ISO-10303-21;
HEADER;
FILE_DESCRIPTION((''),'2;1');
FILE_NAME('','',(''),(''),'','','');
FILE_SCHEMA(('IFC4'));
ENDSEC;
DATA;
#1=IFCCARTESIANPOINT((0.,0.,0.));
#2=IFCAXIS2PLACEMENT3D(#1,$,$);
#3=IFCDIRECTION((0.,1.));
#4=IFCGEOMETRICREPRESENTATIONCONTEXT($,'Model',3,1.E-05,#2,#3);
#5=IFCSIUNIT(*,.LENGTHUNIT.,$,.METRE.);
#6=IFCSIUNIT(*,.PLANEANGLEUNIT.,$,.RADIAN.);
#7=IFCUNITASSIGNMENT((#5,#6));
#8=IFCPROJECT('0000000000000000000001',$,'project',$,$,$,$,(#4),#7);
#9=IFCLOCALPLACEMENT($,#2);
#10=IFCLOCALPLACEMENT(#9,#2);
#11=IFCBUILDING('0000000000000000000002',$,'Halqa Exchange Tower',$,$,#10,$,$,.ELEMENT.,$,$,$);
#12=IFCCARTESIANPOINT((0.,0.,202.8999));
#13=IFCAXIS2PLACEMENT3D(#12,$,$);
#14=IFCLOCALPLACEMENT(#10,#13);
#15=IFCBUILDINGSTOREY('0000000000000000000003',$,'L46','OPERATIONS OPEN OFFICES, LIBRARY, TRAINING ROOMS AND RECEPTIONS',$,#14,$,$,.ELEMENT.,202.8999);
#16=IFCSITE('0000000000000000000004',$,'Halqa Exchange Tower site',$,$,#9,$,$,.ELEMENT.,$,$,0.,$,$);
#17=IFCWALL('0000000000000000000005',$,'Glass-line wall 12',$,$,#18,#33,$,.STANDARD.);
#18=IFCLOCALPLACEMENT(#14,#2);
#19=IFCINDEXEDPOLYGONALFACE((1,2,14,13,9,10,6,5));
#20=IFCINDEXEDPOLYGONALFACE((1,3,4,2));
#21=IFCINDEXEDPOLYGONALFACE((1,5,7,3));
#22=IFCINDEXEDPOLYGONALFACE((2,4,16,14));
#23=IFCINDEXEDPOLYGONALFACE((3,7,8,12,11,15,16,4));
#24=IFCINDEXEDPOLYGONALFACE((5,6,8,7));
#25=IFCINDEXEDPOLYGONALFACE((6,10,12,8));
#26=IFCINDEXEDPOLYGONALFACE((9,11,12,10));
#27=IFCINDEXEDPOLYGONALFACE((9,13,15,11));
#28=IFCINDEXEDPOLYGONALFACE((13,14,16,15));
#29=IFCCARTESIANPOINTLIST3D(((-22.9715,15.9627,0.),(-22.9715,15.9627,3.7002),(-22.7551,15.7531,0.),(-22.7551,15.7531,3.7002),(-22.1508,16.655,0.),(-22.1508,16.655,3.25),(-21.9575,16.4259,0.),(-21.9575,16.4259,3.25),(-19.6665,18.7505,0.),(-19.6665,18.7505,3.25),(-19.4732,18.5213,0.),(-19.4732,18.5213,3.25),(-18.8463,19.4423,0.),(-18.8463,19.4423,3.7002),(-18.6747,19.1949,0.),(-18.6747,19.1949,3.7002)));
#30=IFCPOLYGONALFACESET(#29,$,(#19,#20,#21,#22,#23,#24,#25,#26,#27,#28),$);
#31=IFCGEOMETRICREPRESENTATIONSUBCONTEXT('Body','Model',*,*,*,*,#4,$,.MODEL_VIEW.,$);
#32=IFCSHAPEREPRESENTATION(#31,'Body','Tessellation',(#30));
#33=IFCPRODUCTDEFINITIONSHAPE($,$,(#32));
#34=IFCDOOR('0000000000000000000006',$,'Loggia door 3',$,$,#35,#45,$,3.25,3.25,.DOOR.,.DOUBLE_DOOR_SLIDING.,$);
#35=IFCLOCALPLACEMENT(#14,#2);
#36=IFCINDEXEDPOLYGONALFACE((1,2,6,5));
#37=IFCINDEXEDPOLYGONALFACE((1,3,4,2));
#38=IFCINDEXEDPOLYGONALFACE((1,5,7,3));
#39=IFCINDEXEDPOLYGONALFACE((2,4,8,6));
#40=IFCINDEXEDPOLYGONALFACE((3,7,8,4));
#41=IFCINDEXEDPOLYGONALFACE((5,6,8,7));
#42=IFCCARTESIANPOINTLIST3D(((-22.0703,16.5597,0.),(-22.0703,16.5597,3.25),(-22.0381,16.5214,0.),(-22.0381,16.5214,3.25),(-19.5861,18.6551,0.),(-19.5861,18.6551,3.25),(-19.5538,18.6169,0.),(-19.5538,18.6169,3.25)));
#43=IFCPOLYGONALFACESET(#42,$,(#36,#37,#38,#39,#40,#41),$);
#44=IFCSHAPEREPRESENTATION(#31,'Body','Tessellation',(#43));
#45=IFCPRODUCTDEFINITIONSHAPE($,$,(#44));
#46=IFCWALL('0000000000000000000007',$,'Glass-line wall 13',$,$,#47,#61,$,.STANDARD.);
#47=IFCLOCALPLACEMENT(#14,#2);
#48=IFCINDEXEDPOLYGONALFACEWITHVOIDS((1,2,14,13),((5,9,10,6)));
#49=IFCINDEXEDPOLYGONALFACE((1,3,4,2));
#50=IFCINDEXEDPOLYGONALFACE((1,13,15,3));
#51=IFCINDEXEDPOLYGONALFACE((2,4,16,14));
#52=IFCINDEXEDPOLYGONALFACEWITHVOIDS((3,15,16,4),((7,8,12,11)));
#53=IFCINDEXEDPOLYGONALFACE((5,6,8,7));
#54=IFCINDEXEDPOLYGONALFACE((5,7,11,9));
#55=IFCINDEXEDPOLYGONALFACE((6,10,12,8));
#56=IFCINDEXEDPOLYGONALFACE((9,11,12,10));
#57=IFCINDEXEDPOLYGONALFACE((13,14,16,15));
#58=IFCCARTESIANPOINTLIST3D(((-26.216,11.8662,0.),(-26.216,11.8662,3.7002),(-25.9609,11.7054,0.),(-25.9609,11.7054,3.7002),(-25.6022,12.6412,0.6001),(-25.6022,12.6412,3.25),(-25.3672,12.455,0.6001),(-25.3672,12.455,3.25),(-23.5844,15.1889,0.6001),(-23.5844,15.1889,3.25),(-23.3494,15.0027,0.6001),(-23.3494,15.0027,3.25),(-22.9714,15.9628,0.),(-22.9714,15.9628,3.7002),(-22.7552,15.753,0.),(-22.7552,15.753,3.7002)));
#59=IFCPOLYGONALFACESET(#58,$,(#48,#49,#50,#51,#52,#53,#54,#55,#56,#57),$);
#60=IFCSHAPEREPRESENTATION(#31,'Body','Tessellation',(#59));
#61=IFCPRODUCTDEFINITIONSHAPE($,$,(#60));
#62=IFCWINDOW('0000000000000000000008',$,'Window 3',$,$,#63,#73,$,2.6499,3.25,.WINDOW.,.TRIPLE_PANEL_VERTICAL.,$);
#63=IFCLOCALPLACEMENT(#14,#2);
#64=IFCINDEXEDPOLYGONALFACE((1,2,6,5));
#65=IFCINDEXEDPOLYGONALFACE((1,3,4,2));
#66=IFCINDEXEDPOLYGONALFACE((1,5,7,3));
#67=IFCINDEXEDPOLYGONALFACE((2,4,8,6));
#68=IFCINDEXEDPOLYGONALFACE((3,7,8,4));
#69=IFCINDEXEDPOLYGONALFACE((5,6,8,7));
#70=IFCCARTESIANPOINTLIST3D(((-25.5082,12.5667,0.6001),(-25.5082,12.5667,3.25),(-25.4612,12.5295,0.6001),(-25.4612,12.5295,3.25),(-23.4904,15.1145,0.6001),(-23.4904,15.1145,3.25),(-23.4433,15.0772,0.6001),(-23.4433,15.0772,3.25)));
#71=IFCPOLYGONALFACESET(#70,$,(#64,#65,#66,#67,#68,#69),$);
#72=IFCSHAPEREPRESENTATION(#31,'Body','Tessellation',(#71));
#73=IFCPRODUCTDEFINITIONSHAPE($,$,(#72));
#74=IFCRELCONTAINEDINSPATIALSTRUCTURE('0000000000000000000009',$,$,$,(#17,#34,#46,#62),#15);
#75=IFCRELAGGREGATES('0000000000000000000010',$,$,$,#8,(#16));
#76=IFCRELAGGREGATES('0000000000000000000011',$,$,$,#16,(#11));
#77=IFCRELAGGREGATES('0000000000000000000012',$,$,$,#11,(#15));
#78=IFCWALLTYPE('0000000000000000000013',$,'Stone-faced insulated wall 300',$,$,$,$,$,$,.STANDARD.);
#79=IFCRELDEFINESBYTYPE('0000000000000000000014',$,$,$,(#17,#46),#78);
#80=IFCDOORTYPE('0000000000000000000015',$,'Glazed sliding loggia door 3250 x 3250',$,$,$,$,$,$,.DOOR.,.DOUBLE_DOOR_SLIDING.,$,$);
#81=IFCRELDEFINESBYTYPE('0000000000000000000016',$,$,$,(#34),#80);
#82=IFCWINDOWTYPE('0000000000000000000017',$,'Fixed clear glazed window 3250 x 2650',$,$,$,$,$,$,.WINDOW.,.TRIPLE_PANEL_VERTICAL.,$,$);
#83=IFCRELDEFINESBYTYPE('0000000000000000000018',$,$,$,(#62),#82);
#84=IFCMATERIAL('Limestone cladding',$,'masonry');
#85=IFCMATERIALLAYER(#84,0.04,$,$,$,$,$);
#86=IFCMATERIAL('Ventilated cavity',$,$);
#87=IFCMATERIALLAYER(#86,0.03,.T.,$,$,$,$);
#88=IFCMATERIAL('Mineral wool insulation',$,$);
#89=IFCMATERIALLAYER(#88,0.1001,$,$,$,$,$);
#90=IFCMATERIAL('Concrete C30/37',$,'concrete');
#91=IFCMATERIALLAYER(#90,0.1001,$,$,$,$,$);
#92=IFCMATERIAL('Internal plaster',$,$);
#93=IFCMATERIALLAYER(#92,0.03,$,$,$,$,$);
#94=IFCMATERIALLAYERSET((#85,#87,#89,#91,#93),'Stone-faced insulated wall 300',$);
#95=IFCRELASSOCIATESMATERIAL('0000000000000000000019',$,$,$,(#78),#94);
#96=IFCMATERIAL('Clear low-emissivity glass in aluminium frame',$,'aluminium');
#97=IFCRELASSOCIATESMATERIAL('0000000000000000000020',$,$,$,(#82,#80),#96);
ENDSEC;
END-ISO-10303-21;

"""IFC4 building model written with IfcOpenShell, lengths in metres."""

from ifc_helpers import new_model, si_unit, direction, frame, frame_2d, origin, place, context, subcontext, project, spatial, polyline, rectangle, outline, extrude, material, layer, layer_set, type_object, element, fill, save


model = new_model("IFC4")

# Units and contexts
model_context = context("Model", 3, precision=1e-05, world=origin(), true_north=direction((0.0, 1.0)))
body_context = subcontext(model_context, "Body", "Model", "MODEL_VIEW")
ifc_project = project(units=[si_unit("LENGTHUNIT", "METRE"), si_unit("PLANEANGLEUNIT", "RADIAN")], contexts=[model_context])

# Site, building, storey
site_placement = place(None, origin())
site = spatial("IfcSite", under=ifc_project, at=site_placement, Name="Halqa Exchange Tower site", CompositionType="ELEMENT", RefElevation=0.0)
building_placement = place(site_placement, origin())
building = spatial("IfcBuilding", under=site, at=building_placement, Name="Halqa Exchange Tower", CompositionType="ELEMENT")
storey_placement = place(building_placement, frame((0.0, 0.0, 202.8999)))
storey = spatial("IfcBuildingStorey", under=building, at=storey_placement, Name="L46", Description="OPERATIONS OPEN OFFICES, LIBRARY, TRAINING ROOMS AND RECEPTIONS", CompositionType="ELEMENT", Elevation=202.8999)

# Shared definitions
ifc_material_1 = material(Name="Limestone cladding", Category="masonry")
ifc_layer_1 = layer(ifc_material_1, 0.04)
ifc_material_2 = material(Name="Ventilated cavity")
ifc_layer_2 = layer(ifc_material_2, 0.03, ventilated=True)
ifc_material_3 = material(Name="Mineral wool insulation")
ifc_layer_3 = layer(ifc_material_3, 0.1001)
ifc_material_4 = material(Name="Concrete C30/37", Category="concrete")
ifc_layer_4 = layer(ifc_material_4, 0.1001)
ifc_material_5 = material(Name="Internal plaster")
ifc_layer_5 = layer(ifc_material_5, 0.03)
ifc_layer_set_1 = layer_set([ifc_layer_1, ifc_layer_2, ifc_layer_3, ifc_layer_4, ifc_layer_5], Name="Stone-faced insulated wall 300")
wall_type_1 = type_object("IfcWallType", Name="Stone-faced insulated wall 300", PredefinedType="STANDARD", material=ifc_layer_set_1)
ifc_material_6 = material(Name="Clear low-emissivity glass in aluminium frame", Category="aluminium")
window_type = type_object("IfcWindowType", Name="Fixed clear glazed window 3250 x 2650", PartitioningType="TRIPLE_PANEL_VERTICAL", PredefinedType="WINDOW", material=ifc_material_6)

# Wall, opening, door
wall_1_placement = place(storey_placement, frame((-18.7605, 19.3186, 0.0), z_axis=(0.0, 0.0, 1.0), x_axis=(-0.764386, -0.644759, 0.0)))
wall_1 = element("IfcWall", 1, at=wall_1_placement, inside=storey, type_object=wall_type_1, Name="Glass-line wall 12", PredefinedType="STANDARD", context=body_context, shape_type="SweptSolid", body=[
    extrude(outline(polyline([(-0.0142, -0.1499), (5.3826, -0.1499), (5.3523, 0.1499), (0.0142, 0.1499), (-0.0142, -0.1499)])), origin(), (0.0, 0.0, 1.0), 3.7002),
])
opening_1_placement = place(wall_1_placement, frame((1.0588, 0.0, 0.0)))
opening_1 = element("IfcOpeningElement", 2, at=opening_1_placement, cuts=wall_1, PredefinedType="OPENING", context=body_context, shape_type="SweptSolid", body=[
    extrude(rectangle(XDim=3.25, YDim=3.25, at=frame_2d((1.625, 1.625))), frame((0.0, 0.1621, 0.0), z_axis=(0.0, -1.0, 0.0), x_axis=(1.0, 0.0, 0.0)), (0.0, 0.0, 1.0), 0.324),
])
door_type = type_object("IfcDoorType", Name="Glazed sliding loggia door 3250 x 3250", OperationType="DOUBLE_DOOR_SLIDING", PredefinedType="DOOR", material=ifc_material_6)
door_placement = place(opening_1_placement, origin())
door = element("IfcDoor", 3, at=door_placement, inside=storey, type_object=door_type, Name="Loggia door 3", OperationType="DOUBLE_DOOR_SLIDING", OverallHeight=3.25, OverallWidth=3.25, PredefinedType="DOOR", context=body_context, shape_type="SweptSolid", body=[
    extrude(rectangle(XDim=3.25, YDim=3.25, at=frame_2d((1.625, 1.625))), frame((0.0, 0.0249, 0.0), z_axis=(0.0, -1.0, 0.0), x_axis=(1.0, 0.0, 0.0)), (0.0, 0.0, 1.0), 0.05),
])
fill(opening_1, door)

# Wall, opening, window
wall_2_placement = place(storey_placement, frame((-22.8633, 15.8579, 0.0), z_axis=(0.0, 0.0, 1.0), x_axis=(-0.62087, -0.783913, 0.0)))
wall_2 = element("IfcWall", 4, at=wall_2_placement, inside=storey, type_object=wall_type_1, Name="Glass-line wall 13", PredefinedType="STANDARD", context=body_context, shape_type="SweptSolid", body=[
    extrude(outline(polyline([(-0.0151, -0.1499), (5.2107, -0.1499), (5.1785, 0.1499), (0.0151, 0.1499), (-0.0151, -0.1499)])), origin(), (0.0, 0.0, 1.0), 3.7002),
])
opening_2_placement = place(wall_2_placement, frame((0.9722, 0.0, 0.6001)))
opening_2 = element("IfcOpeningElement", 5, at=opening_2_placement, cuts=wall_2, PredefinedType="OPENING", context=body_context, shape_type="SweptSolid", body=[
    extrude(rectangle(XDim=3.25, YDim=2.6499, at=frame_2d((1.625, 1.325))), frame((0.0, 0.1621, 0.0), z_axis=(0.0, -1.0, 0.0), x_axis=(1.0, 0.0, 0.0)), (0.0, 0.0, 1.0), 0.324),
])
window_1_placement = place(opening_2_placement, origin())
window_1 = element("IfcWindow", 6, at=window_1_placement, inside=storey, type_object=window_type, Name="Window 3", OverallHeight=2.6499, OverallWidth=3.25, PartitioningType="TRIPLE_PANEL_VERTICAL", PredefinedType="WINDOW", context=body_context, shape_type="SweptSolid", body=[
    extrude(rectangle(XDim=3.25, YDim=2.6499, at=frame_2d((1.625, 1.325))), frame((0.0, 0.03, 0.0), z_axis=(0.0, -1.0, 0.0), x_axis=(1.0, 0.0, 0.0)), (0.0, 0.0, 1.0), 0.0601),
])
fill(opening_2, window_1)

save(model, "model.ifc")
